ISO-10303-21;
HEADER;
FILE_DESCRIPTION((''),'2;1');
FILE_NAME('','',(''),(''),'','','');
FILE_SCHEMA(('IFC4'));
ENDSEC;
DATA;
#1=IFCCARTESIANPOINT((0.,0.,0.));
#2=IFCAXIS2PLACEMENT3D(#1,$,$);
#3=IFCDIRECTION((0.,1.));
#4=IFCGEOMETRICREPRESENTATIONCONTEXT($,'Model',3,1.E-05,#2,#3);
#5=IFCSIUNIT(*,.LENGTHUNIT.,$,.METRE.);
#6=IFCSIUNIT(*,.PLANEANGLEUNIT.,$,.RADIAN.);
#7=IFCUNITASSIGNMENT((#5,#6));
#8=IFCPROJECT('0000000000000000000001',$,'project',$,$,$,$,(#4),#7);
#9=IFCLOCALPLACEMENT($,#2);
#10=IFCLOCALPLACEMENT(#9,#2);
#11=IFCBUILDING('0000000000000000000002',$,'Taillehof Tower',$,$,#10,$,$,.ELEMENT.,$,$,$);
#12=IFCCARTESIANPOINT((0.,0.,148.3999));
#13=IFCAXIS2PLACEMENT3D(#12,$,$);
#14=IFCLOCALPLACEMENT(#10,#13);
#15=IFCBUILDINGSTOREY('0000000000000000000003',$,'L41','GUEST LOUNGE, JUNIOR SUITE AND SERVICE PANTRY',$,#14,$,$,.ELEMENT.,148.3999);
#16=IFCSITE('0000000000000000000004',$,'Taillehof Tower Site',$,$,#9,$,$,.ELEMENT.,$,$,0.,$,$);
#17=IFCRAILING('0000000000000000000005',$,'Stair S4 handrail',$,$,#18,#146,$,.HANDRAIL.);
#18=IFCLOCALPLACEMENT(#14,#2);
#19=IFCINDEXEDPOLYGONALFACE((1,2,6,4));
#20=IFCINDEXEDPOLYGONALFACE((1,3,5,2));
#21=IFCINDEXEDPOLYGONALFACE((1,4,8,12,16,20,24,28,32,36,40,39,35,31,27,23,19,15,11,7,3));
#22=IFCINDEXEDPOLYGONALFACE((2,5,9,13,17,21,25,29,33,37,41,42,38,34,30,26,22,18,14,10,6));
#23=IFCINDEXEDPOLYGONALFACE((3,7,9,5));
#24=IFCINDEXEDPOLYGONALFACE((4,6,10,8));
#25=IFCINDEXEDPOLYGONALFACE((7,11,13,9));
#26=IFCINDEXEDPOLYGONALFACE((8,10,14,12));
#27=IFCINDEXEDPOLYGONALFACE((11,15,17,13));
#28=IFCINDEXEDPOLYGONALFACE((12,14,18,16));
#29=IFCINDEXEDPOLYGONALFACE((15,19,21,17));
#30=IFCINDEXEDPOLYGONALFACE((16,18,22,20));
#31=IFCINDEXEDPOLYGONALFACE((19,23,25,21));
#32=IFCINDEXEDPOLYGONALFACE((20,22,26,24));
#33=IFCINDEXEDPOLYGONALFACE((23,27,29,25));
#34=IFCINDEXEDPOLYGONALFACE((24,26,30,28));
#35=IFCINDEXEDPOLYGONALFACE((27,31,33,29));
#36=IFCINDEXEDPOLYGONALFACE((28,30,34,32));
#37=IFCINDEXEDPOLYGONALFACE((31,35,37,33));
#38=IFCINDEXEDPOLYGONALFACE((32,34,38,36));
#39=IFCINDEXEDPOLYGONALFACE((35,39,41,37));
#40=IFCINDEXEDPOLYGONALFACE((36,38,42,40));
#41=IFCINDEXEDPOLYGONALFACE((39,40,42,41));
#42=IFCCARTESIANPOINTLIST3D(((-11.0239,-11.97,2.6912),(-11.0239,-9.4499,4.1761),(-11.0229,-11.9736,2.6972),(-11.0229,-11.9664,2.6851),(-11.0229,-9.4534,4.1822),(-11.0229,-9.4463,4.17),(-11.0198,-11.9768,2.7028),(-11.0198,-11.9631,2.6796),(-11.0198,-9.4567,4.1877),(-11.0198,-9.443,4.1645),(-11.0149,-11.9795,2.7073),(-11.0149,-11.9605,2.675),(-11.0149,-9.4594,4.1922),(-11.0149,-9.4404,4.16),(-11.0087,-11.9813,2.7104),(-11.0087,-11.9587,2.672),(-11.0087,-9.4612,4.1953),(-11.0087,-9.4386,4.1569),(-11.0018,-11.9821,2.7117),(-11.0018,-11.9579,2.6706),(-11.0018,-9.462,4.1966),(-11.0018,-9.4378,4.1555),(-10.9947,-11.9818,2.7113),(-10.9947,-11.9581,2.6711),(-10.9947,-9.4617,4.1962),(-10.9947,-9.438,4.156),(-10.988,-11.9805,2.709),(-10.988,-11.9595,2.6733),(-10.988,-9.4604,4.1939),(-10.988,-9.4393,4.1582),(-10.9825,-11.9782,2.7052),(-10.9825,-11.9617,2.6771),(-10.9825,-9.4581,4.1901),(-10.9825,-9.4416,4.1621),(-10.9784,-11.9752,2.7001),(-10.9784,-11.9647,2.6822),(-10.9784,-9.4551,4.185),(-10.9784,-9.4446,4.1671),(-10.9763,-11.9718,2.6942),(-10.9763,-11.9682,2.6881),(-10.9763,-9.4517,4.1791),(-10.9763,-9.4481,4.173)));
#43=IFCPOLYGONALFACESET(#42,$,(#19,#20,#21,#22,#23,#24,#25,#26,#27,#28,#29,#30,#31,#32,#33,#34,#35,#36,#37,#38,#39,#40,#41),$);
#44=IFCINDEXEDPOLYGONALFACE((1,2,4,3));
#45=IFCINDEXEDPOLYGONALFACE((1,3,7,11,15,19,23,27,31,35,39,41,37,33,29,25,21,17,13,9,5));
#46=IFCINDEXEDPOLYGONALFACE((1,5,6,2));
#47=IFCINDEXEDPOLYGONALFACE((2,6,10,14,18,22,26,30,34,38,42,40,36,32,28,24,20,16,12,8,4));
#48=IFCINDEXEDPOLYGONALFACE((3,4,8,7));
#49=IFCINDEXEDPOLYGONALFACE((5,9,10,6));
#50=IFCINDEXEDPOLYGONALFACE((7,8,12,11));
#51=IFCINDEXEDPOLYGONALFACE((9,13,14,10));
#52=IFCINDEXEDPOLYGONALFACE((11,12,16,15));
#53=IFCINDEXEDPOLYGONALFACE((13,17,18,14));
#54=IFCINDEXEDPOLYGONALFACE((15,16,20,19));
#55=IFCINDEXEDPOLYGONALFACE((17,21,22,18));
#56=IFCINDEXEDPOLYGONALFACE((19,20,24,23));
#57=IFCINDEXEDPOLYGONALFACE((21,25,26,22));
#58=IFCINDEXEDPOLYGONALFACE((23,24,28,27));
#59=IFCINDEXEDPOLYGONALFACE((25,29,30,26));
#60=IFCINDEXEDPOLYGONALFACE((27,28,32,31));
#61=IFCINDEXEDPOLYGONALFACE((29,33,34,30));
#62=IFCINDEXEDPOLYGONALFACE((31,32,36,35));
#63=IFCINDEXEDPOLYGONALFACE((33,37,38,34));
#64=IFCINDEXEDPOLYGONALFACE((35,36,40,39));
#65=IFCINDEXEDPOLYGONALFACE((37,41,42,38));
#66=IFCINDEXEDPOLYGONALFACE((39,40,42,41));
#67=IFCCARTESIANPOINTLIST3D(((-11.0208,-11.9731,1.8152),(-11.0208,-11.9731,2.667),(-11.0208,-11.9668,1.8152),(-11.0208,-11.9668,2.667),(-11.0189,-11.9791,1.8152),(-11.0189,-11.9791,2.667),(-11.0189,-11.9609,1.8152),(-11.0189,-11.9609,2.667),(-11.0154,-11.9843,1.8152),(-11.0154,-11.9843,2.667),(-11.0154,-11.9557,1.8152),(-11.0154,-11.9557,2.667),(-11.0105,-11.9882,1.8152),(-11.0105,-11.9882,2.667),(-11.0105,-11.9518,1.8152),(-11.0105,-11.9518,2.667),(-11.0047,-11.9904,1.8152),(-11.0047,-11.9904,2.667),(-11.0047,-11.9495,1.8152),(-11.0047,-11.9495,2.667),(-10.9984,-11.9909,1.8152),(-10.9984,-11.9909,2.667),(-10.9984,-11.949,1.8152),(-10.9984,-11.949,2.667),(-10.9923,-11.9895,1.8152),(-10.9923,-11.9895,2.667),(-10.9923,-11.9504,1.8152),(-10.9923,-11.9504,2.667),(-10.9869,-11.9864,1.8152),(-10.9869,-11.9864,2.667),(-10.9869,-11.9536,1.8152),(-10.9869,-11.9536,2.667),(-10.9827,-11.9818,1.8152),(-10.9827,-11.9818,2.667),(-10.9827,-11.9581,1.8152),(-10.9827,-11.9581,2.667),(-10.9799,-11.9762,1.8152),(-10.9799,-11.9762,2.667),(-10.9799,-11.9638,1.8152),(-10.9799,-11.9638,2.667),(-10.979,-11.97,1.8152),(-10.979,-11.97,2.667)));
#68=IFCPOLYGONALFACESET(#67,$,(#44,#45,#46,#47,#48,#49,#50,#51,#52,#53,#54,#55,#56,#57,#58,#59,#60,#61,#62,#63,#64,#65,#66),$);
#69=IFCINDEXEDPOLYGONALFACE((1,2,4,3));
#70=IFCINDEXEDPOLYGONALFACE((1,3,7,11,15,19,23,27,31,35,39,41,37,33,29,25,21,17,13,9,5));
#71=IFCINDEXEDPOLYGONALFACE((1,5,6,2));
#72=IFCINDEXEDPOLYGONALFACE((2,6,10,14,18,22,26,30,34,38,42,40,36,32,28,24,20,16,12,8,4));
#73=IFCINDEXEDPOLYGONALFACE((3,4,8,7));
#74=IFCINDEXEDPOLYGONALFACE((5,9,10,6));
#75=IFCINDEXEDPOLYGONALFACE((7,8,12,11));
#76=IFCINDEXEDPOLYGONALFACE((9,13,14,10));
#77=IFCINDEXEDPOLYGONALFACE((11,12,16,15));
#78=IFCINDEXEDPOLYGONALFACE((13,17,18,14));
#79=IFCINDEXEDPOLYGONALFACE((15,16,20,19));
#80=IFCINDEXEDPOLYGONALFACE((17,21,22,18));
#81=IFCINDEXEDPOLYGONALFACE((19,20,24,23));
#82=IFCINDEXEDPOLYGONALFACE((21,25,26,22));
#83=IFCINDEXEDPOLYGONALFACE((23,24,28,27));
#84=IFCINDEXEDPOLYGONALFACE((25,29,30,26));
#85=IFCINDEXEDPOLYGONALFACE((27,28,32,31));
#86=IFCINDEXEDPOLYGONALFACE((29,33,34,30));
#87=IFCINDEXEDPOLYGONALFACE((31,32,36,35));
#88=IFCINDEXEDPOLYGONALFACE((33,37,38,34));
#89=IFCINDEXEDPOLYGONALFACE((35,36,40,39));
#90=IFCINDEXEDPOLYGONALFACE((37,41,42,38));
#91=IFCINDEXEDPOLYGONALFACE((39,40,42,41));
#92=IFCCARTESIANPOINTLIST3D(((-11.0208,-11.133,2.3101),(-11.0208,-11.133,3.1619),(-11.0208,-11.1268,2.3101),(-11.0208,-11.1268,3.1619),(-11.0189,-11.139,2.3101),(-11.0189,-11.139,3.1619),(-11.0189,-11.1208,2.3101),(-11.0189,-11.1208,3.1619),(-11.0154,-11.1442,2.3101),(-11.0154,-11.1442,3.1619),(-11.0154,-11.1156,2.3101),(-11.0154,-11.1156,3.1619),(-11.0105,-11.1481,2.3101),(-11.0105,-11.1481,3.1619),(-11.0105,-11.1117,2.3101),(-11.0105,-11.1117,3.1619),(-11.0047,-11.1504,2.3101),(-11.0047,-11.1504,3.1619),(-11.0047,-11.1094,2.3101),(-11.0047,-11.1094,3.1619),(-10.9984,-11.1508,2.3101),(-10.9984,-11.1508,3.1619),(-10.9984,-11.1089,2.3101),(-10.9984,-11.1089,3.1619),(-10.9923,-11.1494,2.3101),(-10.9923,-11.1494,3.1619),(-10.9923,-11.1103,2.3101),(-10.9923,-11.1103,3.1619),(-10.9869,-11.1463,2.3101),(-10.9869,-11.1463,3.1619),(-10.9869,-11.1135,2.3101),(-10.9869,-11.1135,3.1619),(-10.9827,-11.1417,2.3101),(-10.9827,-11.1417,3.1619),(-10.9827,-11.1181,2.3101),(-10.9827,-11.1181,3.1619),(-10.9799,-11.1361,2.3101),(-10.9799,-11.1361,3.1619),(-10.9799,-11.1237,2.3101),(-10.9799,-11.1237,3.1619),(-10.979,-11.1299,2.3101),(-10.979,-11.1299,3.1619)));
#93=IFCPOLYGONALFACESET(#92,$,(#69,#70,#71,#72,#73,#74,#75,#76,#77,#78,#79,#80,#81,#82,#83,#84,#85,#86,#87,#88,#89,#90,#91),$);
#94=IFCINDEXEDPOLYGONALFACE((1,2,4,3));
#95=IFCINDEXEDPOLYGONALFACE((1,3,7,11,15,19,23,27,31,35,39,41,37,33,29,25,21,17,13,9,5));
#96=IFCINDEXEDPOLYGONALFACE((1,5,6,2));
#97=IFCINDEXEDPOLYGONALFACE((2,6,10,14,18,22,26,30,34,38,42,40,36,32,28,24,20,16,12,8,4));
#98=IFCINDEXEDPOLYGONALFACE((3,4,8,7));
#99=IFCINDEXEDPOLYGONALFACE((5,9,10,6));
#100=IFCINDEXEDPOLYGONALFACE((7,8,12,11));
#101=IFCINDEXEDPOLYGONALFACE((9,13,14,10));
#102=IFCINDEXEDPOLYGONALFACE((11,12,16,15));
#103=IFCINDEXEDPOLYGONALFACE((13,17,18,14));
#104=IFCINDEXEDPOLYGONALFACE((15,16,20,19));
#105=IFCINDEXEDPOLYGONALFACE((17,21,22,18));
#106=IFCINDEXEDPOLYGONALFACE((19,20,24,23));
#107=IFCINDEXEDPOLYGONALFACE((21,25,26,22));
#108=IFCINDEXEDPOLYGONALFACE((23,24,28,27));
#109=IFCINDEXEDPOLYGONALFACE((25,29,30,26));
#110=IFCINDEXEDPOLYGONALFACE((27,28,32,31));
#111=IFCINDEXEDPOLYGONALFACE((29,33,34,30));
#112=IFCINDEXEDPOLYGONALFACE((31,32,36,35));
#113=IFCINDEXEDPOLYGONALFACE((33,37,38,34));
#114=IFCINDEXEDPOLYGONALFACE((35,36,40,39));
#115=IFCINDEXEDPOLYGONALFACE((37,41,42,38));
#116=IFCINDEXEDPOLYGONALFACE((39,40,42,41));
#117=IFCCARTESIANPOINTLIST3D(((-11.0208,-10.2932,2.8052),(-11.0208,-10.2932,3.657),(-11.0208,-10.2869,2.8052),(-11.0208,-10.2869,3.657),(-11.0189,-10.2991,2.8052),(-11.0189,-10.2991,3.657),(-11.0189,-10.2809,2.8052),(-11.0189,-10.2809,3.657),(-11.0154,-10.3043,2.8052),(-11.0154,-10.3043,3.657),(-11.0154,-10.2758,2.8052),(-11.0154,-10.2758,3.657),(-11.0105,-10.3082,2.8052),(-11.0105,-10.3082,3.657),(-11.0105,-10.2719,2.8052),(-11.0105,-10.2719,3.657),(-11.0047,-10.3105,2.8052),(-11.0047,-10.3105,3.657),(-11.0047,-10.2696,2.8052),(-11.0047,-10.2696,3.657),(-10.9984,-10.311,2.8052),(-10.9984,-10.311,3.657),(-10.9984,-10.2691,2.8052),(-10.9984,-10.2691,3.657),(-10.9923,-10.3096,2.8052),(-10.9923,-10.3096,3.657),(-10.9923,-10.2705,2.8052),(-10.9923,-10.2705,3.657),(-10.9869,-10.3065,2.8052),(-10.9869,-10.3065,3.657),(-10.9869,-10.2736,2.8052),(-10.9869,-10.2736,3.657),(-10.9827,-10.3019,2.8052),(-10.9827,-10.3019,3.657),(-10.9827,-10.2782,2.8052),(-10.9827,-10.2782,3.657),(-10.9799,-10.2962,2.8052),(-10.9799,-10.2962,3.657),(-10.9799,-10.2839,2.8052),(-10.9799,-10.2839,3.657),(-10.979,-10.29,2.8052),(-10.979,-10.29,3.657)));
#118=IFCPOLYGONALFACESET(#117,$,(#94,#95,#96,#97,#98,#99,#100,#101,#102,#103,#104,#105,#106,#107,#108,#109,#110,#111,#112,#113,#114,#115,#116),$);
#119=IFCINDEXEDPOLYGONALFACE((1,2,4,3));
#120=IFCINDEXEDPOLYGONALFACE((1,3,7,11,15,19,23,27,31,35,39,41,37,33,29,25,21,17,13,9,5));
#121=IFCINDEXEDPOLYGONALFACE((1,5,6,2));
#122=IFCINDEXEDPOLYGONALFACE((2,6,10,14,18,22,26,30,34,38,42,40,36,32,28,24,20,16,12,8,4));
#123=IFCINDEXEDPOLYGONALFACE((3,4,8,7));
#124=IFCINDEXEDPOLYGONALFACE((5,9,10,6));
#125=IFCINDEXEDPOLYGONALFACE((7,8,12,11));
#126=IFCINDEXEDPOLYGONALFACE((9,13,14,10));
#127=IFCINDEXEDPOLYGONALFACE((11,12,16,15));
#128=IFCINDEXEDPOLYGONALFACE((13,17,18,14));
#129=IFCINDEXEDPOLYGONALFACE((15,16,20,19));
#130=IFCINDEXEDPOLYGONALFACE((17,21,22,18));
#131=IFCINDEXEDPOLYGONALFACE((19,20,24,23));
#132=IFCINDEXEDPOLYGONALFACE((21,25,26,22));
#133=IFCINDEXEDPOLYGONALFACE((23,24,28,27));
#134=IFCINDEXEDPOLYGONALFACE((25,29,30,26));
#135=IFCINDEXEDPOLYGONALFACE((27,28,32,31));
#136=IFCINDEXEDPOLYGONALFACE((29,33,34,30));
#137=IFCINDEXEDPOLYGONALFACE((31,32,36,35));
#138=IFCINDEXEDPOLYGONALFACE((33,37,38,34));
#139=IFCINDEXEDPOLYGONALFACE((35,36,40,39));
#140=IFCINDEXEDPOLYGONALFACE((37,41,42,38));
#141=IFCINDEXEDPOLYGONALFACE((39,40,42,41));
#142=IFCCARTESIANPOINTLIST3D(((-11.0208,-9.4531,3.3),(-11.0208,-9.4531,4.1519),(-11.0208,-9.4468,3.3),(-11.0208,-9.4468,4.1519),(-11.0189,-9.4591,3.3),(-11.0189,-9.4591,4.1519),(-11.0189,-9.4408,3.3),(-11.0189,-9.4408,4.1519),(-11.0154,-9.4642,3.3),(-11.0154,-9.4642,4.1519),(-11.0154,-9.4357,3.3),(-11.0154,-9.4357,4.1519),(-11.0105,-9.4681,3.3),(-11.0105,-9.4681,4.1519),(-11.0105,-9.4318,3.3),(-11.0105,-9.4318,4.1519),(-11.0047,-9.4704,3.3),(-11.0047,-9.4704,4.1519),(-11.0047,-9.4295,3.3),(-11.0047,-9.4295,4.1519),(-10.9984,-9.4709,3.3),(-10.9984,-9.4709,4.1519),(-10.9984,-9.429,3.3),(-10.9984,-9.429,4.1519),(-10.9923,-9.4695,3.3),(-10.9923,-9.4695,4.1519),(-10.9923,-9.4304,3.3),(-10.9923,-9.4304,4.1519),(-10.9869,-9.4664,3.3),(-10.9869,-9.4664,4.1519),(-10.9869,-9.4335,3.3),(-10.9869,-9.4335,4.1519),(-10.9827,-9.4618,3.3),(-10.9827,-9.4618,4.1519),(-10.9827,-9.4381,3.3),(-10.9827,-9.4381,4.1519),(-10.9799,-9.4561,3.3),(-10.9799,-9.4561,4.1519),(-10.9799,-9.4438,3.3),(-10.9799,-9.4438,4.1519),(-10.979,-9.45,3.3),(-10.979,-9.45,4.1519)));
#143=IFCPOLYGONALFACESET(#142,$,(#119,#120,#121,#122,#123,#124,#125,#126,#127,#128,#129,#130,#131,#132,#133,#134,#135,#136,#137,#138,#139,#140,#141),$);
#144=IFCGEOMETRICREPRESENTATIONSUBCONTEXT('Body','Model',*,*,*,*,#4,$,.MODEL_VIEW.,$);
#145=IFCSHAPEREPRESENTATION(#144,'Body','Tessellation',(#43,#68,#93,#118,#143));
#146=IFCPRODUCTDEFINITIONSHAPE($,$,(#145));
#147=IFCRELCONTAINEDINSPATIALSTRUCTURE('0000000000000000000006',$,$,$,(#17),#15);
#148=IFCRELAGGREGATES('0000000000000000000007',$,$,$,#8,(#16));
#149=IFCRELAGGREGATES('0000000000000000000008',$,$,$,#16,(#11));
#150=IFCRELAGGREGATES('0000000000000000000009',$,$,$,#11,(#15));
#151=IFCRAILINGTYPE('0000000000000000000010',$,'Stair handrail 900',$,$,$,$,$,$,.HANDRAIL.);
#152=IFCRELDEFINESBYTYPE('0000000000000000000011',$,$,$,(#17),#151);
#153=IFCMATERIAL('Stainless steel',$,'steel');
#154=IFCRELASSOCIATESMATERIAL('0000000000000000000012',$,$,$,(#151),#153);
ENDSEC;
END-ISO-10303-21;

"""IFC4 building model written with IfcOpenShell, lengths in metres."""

from ifc_helpers import new_model, si_unit, direction, frame, origin, origin_2d, place, context, subcontext, project, spatial, circle, extrude, material, type_object, element, save


model = new_model("IFC4")

# Units and contexts
model_context = context("Model", 3, precision=1e-05, world=origin(), true_north=direction((0.0, 1.0)))
body_context = subcontext(model_context, "Body", "Model", "MODEL_VIEW")
ifc_project = project(units=[si_unit("LENGTHUNIT", "METRE"), si_unit("PLANEANGLEUNIT", "RADIAN")], contexts=[model_context])

# Site, building, storey
site_placement = place(None, origin())
site = spatial("IfcSite", under=ifc_project, at=site_placement, Name="Taillehof Tower Site", CompositionType="ELEMENT", RefElevation=0.0)
building_placement = place(site_placement, origin())
building = spatial("IfcBuilding", under=site, at=building_placement, Name="Taillehof Tower", CompositionType="ELEMENT")
storey_placement = place(building_placement, frame((0.0, 0.0, 148.3999)))
storey = spatial("IfcBuildingStorey", under=building, at=storey_placement, Name="L41", Description="GUEST LOUNGE, JUNIOR SUITE AND SERVICE PANTRY", CompositionType="ELEMENT", Elevation=148.3999)

# Railing
ifc_material_1 = material(Name="Stainless steel", Category="steel")
railing_type = type_object("IfcRailingType", Name="Stair handrail 900", PredefinedType="HANDRAIL", material=ifc_material_1)
railing_placement = place(storey_placement, frame((-11.0, -11.97, 1.8152)))
element("IfcRailing", 1, at=railing_placement, inside=storey, type_object=railing_type, Name="Stair S4 handrail", PredefinedType="HANDRAIL", context=body_context, shape_type="SweptSolid", body=[
    extrude(circle(Radius=0.0239, at=origin_2d()), frame((0.0, 0.0, 0.876), z_axis=(0.0, 0.861561, 0.507655), x_axis=(-1.0, 0.0, 0.0)), (0.0, 0.0, 1.0), 2.925),
    extrude(circle(Radius=0.021, at=origin_2d()), origin(), (0.0, 0.0, 1.0), 0.8518),
    extrude(circle(Radius=0.021, at=origin_2d()), frame((0.0, 0.8401, 0.4949)), (0.0, 0.0, 1.0), 0.8518),
    extrude(circle(Radius=0.021, at=origin_2d()), frame((0.0, 1.6799, 0.99)), (0.0, 0.0, 1.0), 0.8518),
    extrude(circle(Radius=0.021, at=origin_2d()), frame((0.0, 2.52, 1.4849)), (0.0, 0.0, 1.0), 0.8518),
])

save(model, "model.ifc")
